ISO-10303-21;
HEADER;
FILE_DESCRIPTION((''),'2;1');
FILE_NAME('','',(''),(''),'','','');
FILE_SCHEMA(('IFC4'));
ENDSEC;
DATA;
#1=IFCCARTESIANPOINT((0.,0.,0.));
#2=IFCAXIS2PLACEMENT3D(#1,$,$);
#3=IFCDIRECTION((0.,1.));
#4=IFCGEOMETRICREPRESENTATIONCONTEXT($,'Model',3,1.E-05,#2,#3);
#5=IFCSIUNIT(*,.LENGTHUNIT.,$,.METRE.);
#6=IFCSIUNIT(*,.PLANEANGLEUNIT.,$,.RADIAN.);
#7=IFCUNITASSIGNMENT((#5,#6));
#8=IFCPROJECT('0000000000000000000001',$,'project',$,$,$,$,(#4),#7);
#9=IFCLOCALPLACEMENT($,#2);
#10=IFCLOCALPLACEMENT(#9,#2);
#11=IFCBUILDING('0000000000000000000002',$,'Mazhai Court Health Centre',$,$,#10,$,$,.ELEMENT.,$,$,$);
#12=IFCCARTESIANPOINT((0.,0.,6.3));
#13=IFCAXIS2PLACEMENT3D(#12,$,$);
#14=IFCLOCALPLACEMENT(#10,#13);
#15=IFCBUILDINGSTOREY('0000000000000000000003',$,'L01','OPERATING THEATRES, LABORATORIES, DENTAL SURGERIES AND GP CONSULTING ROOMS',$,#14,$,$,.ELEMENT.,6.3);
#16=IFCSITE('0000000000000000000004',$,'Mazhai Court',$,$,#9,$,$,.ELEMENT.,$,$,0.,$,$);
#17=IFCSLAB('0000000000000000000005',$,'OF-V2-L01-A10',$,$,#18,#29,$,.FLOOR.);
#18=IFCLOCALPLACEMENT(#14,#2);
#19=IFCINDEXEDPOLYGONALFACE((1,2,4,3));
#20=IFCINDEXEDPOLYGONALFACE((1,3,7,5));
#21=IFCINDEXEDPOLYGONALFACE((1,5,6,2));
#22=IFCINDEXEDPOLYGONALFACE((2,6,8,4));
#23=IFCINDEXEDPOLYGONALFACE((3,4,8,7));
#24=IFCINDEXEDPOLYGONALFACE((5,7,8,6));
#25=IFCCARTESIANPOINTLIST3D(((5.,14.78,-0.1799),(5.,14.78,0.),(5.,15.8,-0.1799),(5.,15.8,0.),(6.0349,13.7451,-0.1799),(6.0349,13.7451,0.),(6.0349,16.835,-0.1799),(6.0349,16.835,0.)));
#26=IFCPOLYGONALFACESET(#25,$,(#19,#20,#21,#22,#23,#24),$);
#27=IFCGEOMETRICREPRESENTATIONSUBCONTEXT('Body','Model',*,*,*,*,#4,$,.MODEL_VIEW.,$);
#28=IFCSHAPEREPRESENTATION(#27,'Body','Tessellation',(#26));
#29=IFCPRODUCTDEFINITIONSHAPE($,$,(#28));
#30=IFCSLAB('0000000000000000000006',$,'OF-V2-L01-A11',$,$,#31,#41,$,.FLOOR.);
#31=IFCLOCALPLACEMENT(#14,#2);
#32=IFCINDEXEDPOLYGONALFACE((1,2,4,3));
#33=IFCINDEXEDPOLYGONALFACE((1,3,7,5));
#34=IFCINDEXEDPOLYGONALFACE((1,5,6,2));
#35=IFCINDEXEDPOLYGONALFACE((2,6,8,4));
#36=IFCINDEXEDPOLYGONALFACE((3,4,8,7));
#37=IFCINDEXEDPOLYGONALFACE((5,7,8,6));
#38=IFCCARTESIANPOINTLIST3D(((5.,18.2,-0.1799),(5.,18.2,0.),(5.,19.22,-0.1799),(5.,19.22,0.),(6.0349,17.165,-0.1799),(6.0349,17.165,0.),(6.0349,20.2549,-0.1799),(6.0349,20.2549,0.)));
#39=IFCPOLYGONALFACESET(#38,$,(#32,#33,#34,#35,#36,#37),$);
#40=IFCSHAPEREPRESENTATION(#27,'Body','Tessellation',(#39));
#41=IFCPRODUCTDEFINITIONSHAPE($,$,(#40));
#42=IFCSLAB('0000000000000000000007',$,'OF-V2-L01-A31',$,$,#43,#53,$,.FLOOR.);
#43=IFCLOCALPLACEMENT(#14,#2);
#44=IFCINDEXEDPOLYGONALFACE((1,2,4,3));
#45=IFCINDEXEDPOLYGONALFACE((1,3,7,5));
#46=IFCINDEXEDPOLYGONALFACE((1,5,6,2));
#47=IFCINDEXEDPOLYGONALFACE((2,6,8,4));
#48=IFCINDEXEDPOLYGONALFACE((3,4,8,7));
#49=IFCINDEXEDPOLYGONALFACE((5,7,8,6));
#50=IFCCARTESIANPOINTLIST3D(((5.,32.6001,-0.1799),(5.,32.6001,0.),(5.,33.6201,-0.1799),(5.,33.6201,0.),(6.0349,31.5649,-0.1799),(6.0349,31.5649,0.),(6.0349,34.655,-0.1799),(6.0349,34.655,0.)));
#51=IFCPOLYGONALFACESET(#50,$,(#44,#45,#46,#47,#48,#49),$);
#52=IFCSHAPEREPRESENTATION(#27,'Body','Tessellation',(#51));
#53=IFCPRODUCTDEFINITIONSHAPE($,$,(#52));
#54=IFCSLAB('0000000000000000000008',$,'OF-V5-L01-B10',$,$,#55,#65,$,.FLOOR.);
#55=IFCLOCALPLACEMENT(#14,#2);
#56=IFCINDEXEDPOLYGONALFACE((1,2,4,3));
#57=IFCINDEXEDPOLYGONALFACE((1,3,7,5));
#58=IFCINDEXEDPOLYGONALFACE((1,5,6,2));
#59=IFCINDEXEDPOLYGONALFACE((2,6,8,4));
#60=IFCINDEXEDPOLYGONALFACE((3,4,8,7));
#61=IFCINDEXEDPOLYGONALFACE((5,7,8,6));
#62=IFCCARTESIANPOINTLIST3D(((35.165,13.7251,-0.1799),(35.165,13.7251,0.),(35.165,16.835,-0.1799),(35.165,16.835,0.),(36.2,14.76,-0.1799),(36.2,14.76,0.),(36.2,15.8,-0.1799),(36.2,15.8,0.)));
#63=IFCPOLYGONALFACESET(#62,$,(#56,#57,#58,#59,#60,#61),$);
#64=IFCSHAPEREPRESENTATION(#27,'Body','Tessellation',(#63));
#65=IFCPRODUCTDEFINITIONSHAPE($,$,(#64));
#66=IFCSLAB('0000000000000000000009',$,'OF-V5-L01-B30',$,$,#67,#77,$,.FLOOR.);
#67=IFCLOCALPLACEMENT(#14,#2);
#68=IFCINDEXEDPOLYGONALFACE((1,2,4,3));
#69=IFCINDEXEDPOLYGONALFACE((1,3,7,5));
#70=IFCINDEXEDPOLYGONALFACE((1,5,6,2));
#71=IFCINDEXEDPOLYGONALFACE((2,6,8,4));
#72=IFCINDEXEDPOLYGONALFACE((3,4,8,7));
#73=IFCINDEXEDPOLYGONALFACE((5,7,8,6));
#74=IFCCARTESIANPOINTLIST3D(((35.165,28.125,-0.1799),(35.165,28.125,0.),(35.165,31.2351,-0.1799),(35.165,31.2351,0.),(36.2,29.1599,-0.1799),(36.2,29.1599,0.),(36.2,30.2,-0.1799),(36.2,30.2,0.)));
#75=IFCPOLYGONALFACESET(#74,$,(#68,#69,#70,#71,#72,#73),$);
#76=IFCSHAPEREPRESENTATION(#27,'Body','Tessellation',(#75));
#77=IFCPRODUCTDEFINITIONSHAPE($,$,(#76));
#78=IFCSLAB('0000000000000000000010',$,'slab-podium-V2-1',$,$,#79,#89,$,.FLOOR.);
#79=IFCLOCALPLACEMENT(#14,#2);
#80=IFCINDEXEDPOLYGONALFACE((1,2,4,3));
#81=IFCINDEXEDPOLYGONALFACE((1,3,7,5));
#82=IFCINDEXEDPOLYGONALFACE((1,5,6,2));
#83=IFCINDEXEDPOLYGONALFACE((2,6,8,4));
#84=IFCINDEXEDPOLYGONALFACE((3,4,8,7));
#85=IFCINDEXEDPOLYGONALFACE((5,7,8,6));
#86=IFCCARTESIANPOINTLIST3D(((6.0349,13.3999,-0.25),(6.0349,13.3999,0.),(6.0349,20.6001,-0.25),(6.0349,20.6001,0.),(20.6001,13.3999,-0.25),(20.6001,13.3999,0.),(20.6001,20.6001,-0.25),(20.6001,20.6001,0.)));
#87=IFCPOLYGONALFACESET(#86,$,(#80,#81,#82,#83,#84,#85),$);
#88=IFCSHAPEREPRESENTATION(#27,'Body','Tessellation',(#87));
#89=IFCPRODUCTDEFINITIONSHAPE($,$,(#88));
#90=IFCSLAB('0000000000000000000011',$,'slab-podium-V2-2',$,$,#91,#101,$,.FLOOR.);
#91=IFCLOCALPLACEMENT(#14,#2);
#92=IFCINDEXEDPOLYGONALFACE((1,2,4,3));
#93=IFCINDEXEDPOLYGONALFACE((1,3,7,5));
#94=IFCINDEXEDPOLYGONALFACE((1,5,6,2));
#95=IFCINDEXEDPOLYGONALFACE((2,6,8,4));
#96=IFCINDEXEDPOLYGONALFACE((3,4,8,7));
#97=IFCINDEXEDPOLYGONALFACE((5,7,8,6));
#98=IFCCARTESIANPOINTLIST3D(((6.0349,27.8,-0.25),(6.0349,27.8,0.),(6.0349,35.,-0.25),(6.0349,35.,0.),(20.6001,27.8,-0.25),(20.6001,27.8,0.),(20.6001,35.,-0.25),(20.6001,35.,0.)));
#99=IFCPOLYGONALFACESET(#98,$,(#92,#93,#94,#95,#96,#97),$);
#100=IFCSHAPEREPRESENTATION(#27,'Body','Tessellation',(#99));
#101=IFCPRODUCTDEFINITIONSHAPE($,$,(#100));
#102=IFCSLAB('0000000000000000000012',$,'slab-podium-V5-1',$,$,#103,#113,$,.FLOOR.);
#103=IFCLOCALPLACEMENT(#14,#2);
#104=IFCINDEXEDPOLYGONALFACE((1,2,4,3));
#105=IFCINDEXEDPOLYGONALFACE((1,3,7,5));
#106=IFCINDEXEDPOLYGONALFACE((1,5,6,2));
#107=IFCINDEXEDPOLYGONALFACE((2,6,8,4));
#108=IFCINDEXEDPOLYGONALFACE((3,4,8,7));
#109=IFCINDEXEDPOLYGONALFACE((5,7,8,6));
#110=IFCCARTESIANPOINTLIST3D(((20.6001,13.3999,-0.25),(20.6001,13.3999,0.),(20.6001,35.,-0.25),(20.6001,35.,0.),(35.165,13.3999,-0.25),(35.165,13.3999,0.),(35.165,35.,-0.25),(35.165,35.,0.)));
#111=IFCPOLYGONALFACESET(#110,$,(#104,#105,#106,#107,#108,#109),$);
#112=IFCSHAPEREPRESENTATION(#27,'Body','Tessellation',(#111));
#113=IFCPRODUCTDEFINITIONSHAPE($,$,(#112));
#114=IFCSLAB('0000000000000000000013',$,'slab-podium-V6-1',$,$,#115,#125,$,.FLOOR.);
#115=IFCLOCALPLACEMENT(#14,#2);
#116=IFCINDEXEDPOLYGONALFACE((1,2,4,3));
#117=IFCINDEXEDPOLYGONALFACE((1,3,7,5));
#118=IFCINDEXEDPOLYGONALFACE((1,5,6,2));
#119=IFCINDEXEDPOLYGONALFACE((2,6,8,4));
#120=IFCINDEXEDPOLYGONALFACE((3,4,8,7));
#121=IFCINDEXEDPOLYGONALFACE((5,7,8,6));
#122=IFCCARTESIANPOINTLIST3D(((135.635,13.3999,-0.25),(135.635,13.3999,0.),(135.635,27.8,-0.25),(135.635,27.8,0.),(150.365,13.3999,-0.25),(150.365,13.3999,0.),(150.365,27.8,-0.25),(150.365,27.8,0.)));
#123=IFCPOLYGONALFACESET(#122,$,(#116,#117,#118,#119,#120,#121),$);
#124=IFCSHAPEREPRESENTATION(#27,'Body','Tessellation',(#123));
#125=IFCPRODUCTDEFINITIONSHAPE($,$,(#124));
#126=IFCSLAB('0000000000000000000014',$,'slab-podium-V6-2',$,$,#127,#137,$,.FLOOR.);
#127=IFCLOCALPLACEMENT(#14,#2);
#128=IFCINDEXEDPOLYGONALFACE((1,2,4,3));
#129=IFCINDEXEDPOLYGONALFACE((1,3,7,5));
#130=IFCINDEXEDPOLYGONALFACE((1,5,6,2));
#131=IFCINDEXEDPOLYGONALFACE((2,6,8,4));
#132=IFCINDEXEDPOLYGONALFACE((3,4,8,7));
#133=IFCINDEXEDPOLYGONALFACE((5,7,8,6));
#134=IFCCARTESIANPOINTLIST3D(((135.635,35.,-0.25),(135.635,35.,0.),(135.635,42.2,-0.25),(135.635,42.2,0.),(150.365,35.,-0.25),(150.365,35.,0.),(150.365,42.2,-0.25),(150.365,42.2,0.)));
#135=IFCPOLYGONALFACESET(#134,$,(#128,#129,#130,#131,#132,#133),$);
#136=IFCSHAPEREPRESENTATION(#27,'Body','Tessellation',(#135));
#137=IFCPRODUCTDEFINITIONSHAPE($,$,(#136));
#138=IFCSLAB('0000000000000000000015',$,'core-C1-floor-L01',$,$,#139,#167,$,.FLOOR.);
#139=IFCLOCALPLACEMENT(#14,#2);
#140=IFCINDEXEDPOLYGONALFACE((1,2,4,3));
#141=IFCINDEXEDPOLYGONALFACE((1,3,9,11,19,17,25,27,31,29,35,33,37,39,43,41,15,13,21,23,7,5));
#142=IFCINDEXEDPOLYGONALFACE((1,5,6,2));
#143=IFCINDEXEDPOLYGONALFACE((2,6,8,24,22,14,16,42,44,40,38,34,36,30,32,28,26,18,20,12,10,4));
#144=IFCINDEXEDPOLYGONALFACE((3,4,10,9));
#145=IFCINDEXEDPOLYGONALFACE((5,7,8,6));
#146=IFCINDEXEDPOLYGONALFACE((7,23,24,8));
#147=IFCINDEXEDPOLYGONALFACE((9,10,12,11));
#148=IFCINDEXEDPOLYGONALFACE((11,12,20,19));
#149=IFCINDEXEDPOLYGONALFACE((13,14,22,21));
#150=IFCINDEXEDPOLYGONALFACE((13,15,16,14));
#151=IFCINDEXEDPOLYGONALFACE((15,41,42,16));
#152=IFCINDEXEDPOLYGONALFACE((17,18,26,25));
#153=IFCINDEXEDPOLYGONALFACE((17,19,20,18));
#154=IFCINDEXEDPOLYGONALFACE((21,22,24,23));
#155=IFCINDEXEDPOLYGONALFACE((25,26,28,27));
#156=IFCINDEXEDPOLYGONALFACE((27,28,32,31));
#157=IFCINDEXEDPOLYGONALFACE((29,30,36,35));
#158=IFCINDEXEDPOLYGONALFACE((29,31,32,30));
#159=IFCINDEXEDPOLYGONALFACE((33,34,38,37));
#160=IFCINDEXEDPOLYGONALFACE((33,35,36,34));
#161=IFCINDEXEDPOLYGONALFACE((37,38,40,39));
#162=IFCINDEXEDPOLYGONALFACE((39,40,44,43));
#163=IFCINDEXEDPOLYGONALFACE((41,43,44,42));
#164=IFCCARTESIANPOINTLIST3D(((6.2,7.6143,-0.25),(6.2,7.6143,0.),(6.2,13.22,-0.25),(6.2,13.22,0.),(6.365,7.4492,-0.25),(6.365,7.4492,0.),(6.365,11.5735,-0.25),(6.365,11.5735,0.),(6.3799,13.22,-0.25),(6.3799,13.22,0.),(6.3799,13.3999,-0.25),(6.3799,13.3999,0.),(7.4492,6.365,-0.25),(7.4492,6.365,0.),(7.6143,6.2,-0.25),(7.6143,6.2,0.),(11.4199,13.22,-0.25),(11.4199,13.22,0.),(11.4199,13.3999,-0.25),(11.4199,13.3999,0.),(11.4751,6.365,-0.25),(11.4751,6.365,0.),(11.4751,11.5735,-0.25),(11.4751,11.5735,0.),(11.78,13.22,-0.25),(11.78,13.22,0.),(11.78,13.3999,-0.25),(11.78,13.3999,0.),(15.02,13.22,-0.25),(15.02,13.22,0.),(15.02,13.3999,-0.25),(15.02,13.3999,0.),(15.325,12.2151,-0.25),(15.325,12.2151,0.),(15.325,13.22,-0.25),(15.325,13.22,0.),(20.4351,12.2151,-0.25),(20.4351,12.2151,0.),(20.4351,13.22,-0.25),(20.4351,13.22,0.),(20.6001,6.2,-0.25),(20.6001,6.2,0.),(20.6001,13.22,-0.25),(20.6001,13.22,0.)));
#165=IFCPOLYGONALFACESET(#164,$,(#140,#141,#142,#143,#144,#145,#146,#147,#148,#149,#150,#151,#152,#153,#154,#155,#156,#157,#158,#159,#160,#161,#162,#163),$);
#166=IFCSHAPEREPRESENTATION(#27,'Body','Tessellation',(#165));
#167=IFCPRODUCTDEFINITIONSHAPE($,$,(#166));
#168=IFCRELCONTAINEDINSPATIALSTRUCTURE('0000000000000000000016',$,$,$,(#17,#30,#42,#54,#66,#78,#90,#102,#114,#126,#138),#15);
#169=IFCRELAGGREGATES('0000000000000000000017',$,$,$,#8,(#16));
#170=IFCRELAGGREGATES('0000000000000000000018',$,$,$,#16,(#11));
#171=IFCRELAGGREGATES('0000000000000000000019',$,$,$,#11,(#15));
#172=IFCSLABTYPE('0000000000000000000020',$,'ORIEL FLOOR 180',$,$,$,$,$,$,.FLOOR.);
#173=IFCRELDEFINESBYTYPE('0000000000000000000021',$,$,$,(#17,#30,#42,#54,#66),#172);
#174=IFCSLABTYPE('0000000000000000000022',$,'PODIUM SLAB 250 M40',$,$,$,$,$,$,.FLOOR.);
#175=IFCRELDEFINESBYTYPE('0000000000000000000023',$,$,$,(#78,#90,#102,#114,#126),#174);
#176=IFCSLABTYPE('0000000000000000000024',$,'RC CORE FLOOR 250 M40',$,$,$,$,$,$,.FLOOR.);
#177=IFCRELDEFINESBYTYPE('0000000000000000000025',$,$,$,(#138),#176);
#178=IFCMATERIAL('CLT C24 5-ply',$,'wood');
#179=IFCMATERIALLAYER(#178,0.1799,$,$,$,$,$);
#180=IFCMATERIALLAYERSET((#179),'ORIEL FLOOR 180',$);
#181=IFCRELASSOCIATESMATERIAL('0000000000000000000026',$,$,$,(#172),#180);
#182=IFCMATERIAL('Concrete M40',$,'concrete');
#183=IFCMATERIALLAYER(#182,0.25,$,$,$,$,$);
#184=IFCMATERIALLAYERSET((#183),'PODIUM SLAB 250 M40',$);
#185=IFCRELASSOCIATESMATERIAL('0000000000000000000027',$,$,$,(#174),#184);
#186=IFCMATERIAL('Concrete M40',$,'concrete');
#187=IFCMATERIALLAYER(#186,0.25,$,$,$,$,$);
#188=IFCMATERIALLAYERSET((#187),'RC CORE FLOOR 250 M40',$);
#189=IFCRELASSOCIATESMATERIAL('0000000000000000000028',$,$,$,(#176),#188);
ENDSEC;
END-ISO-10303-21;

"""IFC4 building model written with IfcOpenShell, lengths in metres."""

from ifc_helpers import new_model, si_unit, direction, frame, origin, place, context, subcontext, project, spatial, polyline, outline, extrude, material, layer, layer_set, type_object, element, save


model = new_model("IFC4")

# Units and contexts
model_context = context("Model", 3, precision=1e-05, world=origin(), true_north=direction((0.0, 1.0)))
body_context = subcontext(model_context, "Body", "Model", "MODEL_VIEW")
ifc_project = project(units=[si_unit("LENGTHUNIT", "METRE"), si_unit("PLANEANGLEUNIT", "RADIAN")], contexts=[model_context])

# Site, building, storey
site_placement = place(None, origin())
site = spatial("IfcSite", under=ifc_project, at=site_placement, Name="Mazhai Court", CompositionType="ELEMENT", RefElevation=0.0)
building_placement = place(site_placement, origin())
building = spatial("IfcBuilding", under=site, at=building_placement, Name="Mazhai Court Health Centre", CompositionType="ELEMENT")
storey_placement = place(building_placement, frame((0.0, 0.0, 6.3)))
storey = spatial("IfcBuildingStorey", under=building, at=storey_placement, Name="L01", Description="OPERATING THEATRES, LABORATORIES, DENTAL SURGERIES AND GP CONSULTING ROOMS", CompositionType="ELEMENT", Elevation=6.3)

# Slabs
ifc_material_1 = material(Name="CLT C24 5-ply", Category="wood")
ifc_layer_1 = layer(ifc_material_1, 0.1799)
ifc_layer_set_1 = layer_set([ifc_layer_1], Name="ORIEL FLOOR 180")
slab_type_1 = type_object("IfcSlabType", Name="ORIEL FLOOR 180", PredefinedType="FLOOR", material=ifc_layer_set_1)
slab_1_placement = place(storey_placement, frame((0.0, 0.0, -0.1799)))
element("IfcSlab", 1, at=slab_1_placement, inside=storey, type_object=slab_type_1, Name="OF-V2-L01-A10", PredefinedType="FLOOR", context=body_context, shape_type="SweptSolid", body=[
    extrude(outline(polyline([(5.0, 14.78), (5.0, 15.8), (6.0349, 16.835), (6.0349, 13.7451), (5.0, 14.78)])), origin(), (0.0, 0.0, 1.0), 0.1799),
])
slab_2_placement = place(storey_placement, frame((0.0, 0.0, -0.1799)))
element("IfcSlab", 2, at=slab_2_placement, inside=storey, type_object=slab_type_1, Name="OF-V2-L01-A11", PredefinedType="FLOOR", context=body_context, shape_type="SweptSolid", body=[
    extrude(outline(polyline([(5.0, 18.2), (5.0, 19.22), (6.0349, 20.2549), (6.0349, 17.165), (5.0, 18.2)])), origin(), (0.0, 0.0, 1.0), 0.1799),
])
slab_3_placement = place(storey_placement, frame((0.0, 0.0, -0.1799)))
element("IfcSlab", 3, at=slab_3_placement, inside=storey, type_object=slab_type_1, Name="OF-V2-L01-A31", PredefinedType="FLOOR", context=body_context, shape_type="SweptSolid", body=[
    extrude(outline(polyline([(5.0, 32.6001), (5.0, 33.6201), (6.0349, 34.655), (6.0349, 31.5649), (5.0, 32.6001)])), origin(), (0.0, 0.0, 1.0), 0.1799),
])
slab_4_placement = place(storey_placement, frame((0.0, 0.0, -0.1799)))
element("IfcSlab", 4, at=slab_4_placement, inside=storey, type_object=slab_type_1, Name="OF-V5-L01-B10", PredefinedType="FLOOR", context=body_context, shape_type="SweptSolid", body=[
    extrude(outline(polyline([(36.2, 15.8), (36.2, 14.76), (35.165, 13.7251), (35.165, 16.835), (36.2, 15.8)])), origin(), (0.0, 0.0, 1.0), 0.1799),
])
slab_5_placement = place(storey_placement, frame((0.0, 0.0, -0.1799)))
element("IfcSlab", 5, at=slab_5_placement, inside=storey, type_object=slab_type_1, Name="OF-V5-L01-B30", PredefinedType="FLOOR", context=body_context, shape_type="SweptSolid", body=[
    extrude(outline(polyline([(36.2, 30.2), (36.2, 29.1599), (35.165, 28.125), (35.165, 31.2351), (36.2, 30.2)])), origin(), (0.0, 0.0, 1.0), 0.1799),
])
ifc_material_2 = material(Name="Concrete M40", Category="concrete")
ifc_layer_2 = layer(ifc_material_2, 0.25)
ifc_layer_set_2 = layer_set([ifc_layer_2], Name="PODIUM SLAB 250 M40")
slab_type_2 = type_object("IfcSlabType", Name="PODIUM SLAB 250 M40", PredefinedType="FLOOR", material=ifc_layer_set_2)
slab_6_placement = place(storey_placement, frame((0.0, 0.0, -0.25)))
element("IfcSlab", 6, at=slab_6_placement, inside=storey, type_object=slab_type_2, Name="slab-podium-V2-1", PredefinedType="FLOOR", context=body_context, shape_type="SweptSolid", body=[
    extrude(outline(polyline([(20.6001, 13.3999), (20.6001, 20.6001), (6.0349, 20.6001), (6.0349, 13.3999), (20.6001, 13.3999)])), origin(), (0.0, 0.0, 1.0), 0.25),
])
slab_7_placement = place(storey_placement, frame((0.0, 0.0, -0.25)))
element("IfcSlab", 7, at=slab_7_placement, inside=storey, type_object=slab_type_2, Name="slab-podium-V2-2", PredefinedType="FLOOR", context=body_context, shape_type="SweptSolid", body=[
    extrude(outline(polyline([(20.6001, 27.8), (20.6001, 35.0), (6.0349, 35.0), (6.0349, 27.8), (20.6001, 27.8)])), origin(), (0.0, 0.0, 1.0), 0.25),
])
slab_8_placement = place(storey_placement, frame((0.0, 0.0, -0.25)))
element("IfcSlab", 8, at=slab_8_placement, inside=storey, type_object=slab_type_2, Name="slab-podium-V5-1", PredefinedType="FLOOR", context=body_context, shape_type="SweptSolid", body=[
    extrude(outline(polyline([(35.165, 13.3999), (35.165, 35.0), (20.6001, 35.0), (20.6001, 13.3999), (35.165, 13.3999)])), origin(), (0.0, 0.0, 1.0), 0.25),
])
slab_9_placement = place(storey_placement, frame((0.0, 0.0, -0.25)))
element("IfcSlab", 9, at=slab_9_placement, inside=storey, type_object=slab_type_2, Name="slab-podium-V6-1", PredefinedType="FLOOR", context=body_context, shape_type="SweptSolid", body=[
    extrude(outline(polyline([(150.365, 13.3999), (150.365, 27.8), (135.635, 27.8), (135.635, 13.3999), (150.365, 13.3999)])), origin(), (0.0, 0.0, 1.0), 0.25),
])
slab_10_placement = place(storey_placement, frame((0.0, 0.0, -0.25)))
element("IfcSlab", 10, at=slab_10_placement, inside=storey, type_object=slab_type_2, Name="slab-podium-V6-2", PredefinedType="FLOOR", context=body_context, shape_type="SweptSolid", body=[
    extrude(outline(polyline([(150.365, 35.0), (150.365, 42.2), (135.635, 42.2), (135.635, 35.0), (150.365, 35.0)])), origin(), (0.0, 0.0, 1.0), 0.25),
])
ifc_material_3 = material(Name="Concrete M40", Category="concrete")
ifc_layer_3 = layer(ifc_material_3, 0.25)
ifc_layer_set_3 = layer_set([ifc_layer_3], Name="RC CORE FLOOR 250 M40")
slab_type_3 = type_object("IfcSlabType", Name="RC CORE FLOOR 250 M40", PredefinedType="FLOOR", material=ifc_layer_set_3)
slab_11_placement = place(storey_placement, frame((0.0, 0.0, -0.25)))
element("IfcSlab", 11, at=slab_11_placement, inside=storey, type_object=slab_type_3, Name="core-C1-floor-L01", PredefinedType="FLOOR", context=body_context, shape_type="SweptSolid", body=[
    extrude(outline(polyline([(6.3799, 13.3999), (11.4199, 13.3999), (11.4199, 13.22), (11.78, 13.22), (11.78, 13.3999), (15.02, 13.3999), (15.02, 13.22), (15.325, 13.22), (15.325, 12.2151), (20.4351, 12.2151), (20.4351, 13.22), (20.6001, 13.22), (20.6001, 6.2), (7.6143, 6.2), (7.4492, 6.365), (11.4751, 6.365), (11.4751, 11.5735), (6.365, 11.5735), (6.365, 7.4492), (6.2, 7.6143), (6.2, 13.22), (6.3799, 13.22), (6.3799, 13.3999)])), origin(), (0.0, 0.0, 1.0), 0.25),
])

save(model, "model.ifc")
